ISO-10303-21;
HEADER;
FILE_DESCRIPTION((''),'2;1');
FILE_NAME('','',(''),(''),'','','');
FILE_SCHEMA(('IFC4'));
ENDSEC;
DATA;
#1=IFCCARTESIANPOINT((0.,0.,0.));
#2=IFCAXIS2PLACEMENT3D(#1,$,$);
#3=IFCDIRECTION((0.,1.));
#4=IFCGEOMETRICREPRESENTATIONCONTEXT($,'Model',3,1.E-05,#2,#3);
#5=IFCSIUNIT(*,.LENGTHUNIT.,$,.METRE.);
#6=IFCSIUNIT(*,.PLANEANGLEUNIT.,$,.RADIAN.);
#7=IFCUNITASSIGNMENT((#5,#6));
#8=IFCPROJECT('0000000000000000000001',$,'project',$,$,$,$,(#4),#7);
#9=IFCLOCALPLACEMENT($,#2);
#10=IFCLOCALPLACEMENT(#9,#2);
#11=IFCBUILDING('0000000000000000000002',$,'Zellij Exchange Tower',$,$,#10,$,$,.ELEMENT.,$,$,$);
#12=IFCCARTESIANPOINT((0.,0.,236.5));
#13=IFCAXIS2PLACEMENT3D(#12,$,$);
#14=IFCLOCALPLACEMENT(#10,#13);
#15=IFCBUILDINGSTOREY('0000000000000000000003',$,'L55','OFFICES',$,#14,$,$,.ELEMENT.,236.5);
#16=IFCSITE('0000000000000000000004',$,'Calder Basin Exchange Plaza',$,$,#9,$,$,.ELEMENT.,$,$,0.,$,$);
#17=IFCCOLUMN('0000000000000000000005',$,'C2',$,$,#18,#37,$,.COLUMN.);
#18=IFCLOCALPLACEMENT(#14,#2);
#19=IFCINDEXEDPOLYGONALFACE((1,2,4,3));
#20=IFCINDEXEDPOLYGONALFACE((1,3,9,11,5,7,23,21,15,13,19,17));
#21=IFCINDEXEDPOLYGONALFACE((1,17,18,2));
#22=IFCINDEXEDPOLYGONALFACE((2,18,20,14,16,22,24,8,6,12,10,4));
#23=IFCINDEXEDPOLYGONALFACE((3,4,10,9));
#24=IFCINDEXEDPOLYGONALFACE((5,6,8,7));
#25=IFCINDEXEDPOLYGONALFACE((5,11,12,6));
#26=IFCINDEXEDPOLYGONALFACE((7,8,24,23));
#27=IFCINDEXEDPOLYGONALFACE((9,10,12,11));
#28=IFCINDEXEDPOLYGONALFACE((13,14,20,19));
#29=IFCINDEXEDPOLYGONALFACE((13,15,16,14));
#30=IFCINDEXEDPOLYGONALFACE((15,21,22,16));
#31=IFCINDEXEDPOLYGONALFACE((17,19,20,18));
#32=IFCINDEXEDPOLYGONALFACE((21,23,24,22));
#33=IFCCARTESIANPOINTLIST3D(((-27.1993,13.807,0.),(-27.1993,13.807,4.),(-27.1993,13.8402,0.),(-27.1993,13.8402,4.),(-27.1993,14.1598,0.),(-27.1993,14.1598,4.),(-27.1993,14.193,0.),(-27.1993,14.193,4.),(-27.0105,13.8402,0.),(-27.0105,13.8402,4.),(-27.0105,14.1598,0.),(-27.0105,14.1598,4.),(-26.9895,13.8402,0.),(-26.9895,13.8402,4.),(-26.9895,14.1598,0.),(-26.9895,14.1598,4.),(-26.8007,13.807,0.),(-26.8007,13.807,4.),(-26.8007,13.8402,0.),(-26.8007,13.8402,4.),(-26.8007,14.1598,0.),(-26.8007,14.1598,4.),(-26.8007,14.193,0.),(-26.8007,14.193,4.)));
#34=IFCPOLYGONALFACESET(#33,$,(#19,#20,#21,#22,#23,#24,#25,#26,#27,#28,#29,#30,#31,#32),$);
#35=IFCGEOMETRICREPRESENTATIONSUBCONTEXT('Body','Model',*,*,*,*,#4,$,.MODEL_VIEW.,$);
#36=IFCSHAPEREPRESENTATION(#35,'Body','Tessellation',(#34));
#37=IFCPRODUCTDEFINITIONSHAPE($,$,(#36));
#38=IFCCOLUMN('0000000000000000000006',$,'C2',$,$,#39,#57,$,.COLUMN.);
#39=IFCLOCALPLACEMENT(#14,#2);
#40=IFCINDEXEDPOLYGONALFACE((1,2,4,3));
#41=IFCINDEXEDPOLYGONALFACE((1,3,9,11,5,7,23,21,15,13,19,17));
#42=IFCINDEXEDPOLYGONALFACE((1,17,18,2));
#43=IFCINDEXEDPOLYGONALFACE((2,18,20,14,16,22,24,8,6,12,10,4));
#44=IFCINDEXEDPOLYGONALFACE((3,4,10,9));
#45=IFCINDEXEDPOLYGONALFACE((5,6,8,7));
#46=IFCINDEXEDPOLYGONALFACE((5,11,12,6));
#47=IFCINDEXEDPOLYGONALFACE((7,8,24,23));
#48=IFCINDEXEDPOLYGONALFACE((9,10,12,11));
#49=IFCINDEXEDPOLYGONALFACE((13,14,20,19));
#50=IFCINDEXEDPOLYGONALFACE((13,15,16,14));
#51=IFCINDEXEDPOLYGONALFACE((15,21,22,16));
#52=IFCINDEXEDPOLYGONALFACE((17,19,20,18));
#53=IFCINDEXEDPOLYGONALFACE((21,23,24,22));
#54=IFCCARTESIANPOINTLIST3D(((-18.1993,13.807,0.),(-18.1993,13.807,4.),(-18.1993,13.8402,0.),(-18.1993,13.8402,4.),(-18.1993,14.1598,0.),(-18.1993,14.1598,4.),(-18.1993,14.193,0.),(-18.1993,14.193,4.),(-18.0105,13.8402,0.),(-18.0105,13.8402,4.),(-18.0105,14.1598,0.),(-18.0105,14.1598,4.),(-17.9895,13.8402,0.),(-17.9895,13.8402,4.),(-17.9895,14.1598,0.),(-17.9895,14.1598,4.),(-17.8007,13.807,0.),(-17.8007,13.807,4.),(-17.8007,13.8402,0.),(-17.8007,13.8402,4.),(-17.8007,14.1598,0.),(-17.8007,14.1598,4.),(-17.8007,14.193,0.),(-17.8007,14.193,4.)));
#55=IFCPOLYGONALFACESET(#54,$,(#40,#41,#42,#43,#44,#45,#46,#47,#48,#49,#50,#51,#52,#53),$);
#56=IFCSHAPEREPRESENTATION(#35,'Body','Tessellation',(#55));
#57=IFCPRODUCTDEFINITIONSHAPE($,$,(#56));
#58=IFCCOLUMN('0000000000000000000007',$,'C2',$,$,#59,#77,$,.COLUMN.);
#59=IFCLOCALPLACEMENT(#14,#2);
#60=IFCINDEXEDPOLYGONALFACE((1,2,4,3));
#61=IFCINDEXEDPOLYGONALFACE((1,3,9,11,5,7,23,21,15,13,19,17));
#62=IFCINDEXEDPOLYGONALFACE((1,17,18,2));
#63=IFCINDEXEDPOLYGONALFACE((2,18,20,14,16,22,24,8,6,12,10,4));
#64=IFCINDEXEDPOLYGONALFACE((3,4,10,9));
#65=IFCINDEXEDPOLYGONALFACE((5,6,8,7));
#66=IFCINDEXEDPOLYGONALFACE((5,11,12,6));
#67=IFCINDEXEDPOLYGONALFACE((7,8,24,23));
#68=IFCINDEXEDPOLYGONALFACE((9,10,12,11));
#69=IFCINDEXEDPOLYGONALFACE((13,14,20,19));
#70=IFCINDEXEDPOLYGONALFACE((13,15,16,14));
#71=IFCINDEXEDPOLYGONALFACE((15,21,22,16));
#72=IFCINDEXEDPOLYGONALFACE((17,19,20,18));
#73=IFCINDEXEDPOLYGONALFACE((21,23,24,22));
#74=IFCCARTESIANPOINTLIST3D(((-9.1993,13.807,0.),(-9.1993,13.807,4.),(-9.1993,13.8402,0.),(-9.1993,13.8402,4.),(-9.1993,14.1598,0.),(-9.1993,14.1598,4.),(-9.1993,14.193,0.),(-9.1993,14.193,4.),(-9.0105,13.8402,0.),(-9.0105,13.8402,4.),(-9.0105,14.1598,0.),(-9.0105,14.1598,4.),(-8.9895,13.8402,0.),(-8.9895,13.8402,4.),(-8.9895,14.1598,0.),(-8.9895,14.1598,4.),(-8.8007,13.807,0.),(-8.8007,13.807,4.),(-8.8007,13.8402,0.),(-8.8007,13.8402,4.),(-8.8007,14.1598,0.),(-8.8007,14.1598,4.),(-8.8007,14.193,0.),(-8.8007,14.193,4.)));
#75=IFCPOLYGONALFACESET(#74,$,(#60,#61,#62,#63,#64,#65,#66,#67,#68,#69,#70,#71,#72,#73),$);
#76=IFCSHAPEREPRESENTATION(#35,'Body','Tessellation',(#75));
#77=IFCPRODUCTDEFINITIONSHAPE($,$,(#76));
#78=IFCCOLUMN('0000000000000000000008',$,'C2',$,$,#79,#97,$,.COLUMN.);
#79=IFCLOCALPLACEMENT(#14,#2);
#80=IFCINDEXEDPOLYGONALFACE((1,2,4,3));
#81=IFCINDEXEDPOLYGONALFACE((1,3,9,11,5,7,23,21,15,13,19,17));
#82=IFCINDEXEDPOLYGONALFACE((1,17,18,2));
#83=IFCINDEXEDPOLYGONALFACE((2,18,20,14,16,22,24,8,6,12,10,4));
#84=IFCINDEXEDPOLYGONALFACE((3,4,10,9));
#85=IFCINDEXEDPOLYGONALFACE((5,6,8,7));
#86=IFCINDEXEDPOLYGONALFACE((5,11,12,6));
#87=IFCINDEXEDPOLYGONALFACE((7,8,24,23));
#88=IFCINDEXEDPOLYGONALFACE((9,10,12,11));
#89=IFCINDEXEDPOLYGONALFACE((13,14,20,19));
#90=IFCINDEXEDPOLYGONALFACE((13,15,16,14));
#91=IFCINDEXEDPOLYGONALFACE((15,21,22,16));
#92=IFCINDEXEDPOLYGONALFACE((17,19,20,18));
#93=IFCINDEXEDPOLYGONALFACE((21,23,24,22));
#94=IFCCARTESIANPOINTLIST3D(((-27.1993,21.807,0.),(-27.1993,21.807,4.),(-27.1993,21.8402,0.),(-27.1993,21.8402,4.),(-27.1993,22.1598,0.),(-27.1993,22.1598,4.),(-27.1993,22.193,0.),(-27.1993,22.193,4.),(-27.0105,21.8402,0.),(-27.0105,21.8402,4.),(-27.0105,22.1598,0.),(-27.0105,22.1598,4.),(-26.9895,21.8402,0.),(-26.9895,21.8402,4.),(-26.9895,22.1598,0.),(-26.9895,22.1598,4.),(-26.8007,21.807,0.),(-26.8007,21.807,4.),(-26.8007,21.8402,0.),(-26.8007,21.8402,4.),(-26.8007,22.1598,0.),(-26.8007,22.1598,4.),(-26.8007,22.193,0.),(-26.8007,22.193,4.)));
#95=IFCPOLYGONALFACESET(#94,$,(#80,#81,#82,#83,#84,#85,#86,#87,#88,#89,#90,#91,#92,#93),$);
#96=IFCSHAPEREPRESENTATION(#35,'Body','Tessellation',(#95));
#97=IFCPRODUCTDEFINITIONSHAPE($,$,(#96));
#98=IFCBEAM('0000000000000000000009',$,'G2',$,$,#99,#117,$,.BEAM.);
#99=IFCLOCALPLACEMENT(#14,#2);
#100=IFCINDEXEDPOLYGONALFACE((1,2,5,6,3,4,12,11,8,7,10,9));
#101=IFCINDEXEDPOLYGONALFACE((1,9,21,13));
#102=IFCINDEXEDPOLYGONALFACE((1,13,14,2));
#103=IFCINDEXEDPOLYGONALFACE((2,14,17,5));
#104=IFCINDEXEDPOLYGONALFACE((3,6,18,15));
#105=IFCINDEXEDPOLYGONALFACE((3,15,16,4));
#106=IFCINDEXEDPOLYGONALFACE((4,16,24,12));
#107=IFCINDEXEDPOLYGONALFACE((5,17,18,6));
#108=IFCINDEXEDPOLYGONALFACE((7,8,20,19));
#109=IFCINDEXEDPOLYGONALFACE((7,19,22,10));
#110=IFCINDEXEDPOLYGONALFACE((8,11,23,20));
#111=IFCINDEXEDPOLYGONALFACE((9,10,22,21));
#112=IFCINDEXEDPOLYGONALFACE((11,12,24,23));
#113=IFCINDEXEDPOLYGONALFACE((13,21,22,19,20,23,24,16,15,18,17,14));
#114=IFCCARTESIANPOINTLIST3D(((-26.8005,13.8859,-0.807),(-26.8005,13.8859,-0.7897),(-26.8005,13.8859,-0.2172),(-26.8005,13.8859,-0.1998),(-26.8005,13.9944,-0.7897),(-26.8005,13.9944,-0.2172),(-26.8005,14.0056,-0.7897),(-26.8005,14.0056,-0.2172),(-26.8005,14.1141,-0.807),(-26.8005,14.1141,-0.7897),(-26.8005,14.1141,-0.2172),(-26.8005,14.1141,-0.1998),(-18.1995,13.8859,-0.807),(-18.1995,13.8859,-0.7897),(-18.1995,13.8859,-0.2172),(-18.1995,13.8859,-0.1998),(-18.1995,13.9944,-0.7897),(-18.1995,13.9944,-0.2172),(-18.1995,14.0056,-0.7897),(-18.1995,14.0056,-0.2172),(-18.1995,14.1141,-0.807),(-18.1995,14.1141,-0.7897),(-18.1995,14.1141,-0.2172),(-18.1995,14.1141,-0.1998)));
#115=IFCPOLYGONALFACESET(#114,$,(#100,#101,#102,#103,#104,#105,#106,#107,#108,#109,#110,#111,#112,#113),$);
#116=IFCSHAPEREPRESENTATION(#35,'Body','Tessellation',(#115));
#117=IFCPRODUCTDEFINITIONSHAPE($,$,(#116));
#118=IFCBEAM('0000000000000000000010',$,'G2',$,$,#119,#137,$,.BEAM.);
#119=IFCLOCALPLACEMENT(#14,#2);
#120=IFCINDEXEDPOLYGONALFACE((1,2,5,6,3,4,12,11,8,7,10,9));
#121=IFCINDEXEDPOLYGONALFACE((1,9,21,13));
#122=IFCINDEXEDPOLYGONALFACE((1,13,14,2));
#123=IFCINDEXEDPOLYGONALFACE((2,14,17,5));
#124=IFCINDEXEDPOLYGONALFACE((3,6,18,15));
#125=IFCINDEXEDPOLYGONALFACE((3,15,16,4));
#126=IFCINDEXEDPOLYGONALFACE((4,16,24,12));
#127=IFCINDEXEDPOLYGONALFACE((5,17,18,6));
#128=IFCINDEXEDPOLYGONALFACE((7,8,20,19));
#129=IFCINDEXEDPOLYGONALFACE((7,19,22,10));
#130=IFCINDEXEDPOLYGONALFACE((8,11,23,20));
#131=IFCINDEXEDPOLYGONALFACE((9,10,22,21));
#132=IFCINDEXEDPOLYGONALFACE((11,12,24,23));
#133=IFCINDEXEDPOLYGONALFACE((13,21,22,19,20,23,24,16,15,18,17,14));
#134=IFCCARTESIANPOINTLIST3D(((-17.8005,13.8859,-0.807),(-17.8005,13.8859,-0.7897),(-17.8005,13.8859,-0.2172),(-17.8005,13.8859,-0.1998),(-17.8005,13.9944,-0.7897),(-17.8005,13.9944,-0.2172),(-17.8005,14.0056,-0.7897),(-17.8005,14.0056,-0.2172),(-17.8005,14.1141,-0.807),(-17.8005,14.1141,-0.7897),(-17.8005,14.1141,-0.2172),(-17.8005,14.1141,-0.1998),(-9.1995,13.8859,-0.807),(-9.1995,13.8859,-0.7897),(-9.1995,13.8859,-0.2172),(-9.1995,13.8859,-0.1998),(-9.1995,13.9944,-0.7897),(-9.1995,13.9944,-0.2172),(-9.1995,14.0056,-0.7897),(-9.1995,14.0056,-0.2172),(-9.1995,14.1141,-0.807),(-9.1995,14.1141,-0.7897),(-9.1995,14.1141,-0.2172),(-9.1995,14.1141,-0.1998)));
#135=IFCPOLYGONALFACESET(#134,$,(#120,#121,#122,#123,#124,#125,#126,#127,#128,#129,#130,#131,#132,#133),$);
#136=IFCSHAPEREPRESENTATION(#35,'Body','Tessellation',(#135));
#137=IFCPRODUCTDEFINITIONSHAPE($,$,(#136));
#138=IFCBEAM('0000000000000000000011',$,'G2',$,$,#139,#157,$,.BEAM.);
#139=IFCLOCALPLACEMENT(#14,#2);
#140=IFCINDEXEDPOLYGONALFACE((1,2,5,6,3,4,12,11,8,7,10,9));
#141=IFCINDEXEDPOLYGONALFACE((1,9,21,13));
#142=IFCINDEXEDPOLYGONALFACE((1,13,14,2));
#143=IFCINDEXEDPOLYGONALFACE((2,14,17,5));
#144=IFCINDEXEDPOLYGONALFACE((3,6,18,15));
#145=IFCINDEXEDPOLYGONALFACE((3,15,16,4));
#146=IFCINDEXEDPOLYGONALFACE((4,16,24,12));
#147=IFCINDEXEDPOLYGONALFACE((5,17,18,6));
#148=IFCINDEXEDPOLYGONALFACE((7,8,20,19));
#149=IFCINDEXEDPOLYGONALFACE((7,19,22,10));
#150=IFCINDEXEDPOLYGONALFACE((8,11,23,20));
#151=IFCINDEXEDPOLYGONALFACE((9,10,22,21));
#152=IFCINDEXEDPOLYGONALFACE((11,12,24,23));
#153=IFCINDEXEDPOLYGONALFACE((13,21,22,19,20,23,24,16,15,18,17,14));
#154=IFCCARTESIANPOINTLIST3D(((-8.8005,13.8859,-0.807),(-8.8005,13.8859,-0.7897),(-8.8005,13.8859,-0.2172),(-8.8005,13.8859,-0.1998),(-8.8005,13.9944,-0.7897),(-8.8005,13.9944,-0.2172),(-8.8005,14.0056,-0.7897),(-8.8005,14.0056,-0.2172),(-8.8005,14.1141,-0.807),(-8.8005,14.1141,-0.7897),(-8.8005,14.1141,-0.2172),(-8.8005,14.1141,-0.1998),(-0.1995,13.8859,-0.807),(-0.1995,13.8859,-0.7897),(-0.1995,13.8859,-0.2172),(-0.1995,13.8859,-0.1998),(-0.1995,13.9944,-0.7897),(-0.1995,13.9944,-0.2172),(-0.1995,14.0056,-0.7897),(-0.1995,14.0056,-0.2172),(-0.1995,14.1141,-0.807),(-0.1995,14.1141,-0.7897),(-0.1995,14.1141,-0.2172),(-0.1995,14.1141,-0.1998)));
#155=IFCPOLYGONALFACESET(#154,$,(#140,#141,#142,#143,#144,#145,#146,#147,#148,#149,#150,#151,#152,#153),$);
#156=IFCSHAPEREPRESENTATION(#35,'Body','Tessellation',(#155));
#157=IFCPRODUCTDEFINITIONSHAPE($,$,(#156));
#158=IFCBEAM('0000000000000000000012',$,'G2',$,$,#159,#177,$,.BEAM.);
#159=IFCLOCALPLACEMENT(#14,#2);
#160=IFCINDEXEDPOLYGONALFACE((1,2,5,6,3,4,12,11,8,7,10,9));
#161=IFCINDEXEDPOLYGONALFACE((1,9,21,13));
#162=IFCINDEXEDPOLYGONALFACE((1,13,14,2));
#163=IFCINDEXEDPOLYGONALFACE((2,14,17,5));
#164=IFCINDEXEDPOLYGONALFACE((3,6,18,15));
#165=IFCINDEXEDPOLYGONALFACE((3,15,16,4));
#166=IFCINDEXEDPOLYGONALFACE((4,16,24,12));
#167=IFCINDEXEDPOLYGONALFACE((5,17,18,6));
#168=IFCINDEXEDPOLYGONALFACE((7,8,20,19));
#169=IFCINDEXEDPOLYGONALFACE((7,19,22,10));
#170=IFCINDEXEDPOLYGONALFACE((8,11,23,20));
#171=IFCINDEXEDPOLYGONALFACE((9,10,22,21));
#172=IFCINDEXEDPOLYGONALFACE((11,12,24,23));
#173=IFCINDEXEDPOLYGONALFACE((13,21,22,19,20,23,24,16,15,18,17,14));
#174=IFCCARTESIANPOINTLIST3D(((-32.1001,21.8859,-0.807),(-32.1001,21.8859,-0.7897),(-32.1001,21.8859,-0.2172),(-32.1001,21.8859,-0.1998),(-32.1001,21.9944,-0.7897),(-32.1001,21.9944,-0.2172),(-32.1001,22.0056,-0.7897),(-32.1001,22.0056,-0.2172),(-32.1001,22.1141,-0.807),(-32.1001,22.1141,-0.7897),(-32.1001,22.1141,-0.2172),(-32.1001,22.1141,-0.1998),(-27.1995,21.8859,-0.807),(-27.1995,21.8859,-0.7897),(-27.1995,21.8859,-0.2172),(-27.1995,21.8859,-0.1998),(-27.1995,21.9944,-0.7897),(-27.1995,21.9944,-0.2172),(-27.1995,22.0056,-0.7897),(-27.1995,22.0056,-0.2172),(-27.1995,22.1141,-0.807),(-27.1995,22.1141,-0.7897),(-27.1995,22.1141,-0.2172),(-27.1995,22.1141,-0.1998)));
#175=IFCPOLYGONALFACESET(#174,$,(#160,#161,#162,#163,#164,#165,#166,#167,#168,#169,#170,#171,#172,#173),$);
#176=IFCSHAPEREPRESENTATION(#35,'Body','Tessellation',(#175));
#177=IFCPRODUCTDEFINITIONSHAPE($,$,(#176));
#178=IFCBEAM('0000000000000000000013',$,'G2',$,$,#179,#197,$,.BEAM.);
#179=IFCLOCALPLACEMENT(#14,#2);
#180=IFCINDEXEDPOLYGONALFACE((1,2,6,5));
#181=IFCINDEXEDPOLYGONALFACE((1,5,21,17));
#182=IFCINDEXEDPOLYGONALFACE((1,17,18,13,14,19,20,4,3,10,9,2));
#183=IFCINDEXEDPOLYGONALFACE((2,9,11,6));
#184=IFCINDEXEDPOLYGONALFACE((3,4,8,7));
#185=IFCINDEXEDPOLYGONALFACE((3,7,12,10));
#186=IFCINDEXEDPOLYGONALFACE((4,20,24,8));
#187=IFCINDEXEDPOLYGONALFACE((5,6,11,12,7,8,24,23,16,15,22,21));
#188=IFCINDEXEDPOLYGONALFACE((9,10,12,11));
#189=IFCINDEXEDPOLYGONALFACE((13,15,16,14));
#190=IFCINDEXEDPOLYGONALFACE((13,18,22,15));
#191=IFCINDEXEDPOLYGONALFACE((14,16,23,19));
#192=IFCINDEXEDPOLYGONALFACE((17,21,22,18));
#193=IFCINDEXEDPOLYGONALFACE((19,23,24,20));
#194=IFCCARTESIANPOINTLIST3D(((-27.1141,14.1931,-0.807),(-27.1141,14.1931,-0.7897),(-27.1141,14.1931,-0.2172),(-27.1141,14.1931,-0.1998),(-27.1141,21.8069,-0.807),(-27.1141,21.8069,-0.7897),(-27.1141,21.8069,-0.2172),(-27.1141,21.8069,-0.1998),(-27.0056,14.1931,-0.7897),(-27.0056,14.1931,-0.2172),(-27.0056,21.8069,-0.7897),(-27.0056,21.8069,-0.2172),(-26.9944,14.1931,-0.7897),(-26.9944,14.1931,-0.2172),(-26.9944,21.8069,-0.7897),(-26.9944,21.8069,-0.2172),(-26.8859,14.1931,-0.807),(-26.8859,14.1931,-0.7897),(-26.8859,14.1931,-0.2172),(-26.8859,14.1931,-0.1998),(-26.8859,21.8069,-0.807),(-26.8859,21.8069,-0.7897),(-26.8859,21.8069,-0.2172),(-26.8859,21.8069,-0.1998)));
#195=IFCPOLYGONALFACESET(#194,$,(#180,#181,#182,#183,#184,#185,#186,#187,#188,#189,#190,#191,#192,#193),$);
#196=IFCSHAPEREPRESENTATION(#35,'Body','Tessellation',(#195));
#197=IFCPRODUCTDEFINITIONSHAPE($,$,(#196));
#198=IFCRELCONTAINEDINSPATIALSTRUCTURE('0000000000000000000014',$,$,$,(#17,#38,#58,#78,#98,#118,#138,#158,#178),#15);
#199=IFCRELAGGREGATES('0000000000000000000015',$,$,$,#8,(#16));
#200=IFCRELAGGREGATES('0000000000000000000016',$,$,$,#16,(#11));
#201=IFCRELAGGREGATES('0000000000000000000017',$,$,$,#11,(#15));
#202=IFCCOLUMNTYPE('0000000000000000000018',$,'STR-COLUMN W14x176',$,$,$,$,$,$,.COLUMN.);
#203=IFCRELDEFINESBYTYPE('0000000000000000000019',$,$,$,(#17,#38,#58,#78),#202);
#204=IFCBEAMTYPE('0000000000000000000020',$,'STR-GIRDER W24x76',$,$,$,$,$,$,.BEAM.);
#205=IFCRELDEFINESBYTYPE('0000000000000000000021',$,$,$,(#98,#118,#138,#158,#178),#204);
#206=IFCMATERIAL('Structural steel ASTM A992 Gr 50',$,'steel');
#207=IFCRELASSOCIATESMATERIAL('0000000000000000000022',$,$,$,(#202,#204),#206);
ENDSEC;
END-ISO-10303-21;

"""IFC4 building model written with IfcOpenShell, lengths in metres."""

from ifc_helpers import new_model, si_unit, direction, frame, origin, origin_2d, place, context, subcontext, project, spatial, i_section, extrude, material, material_profile, profile_set, type_object, element, save


model = new_model("IFC4")

# Units and contexts
model_context = context("Model", 3, precision=1e-05, world=origin(), true_north=direction((0.0, 1.0)))
body_context = subcontext(model_context, "Body", "Model", "MODEL_VIEW")
ifc_project = project(units=[si_unit("LENGTHUNIT", "METRE"), si_unit("PLANEANGLEUNIT", "RADIAN")], contexts=[model_context])

# Site, building, storey
site_placement = place(None, origin())
site = spatial("IfcSite", under=ifc_project, at=site_placement, Name="Calder Basin Exchange Plaza", CompositionType="ELEMENT", RefElevation=0.0)
building_placement = place(site_placement, origin())
building = spatial("IfcBuilding", under=site, at=building_placement, Name="Zellij Exchange Tower", CompositionType="ELEMENT")
storey_placement = place(building_placement, frame((0.0, 0.0, 236.5)))
storey = spatial("IfcBuildingStorey", under=building, at=storey_placement, Name="L55", Description="OFFICES", CompositionType="ELEMENT", Elevation=236.5)

# Columns
ifc_material_1 = material(Name="Structural steel ASTM A992 Gr 50", Category="steel")
ifc_material_profile_1 = material_profile(ifc_material_1, i_section(OverallWidth=0.3987, OverallDepth=0.386, WebThickness=0.021, FlangeThickness=0.0332, at=origin_2d()), Name="W14x176")
ifc_profile_set_1 = profile_set([ifc_material_profile_1], Name="Structural steel ASTM A992 Gr 50")
column_type = type_object("IfcColumnType", Name="STR-COLUMN W14x176", PredefinedType="COLUMN", material=ifc_profile_set_1)
for number, where, z_axis, x_axis, name in (
    (1, (-27.0, 14.0, 0.0), (0.0, 0.0, 1.0), (1.0, 0.0, 0.0), "C2"),
    (2, (-18.0, 14.0, 0.0), (0.0, 0.0, 1.0), (1.0, 0.0, 0.0), "C2"),
    (3, (-9.0, 14.0, 0.0), (0.0, 0.0, 1.0), (1.0, 0.0, 0.0), "C2"),
    (4, (-27.0, 22.0, 0.0), (0.0, 0.0, 1.0), (1.0, 0.0, 0.0), "C2"),
):
    element("IfcColumn", number, at=place(storey_placement, frame(where, z_axis=z_axis, x_axis=x_axis)), inside=storey, type_object=column_type, Name=name, PredefinedType="COLUMN", context=body_context, shape_type="SweptSolid", body=[
        extrude(i_section(OverallWidth=0.3987, OverallDepth=0.386, WebThickness=0.021, FlangeThickness=0.0332, at=origin_2d()), origin(), (0.0, 0.0, 1.0), 4.0),
    ])

# Beams
ifc_material_profile_2 = material_profile(ifc_material_1, i_section(OverallWidth=0.2283, OverallDepth=0.6072, WebThickness=0.0112, FlangeThickness=0.0173, at=origin_2d()), Name="W24x76")
ifc_profile_set_2 = profile_set([ifc_material_profile_2], Name="Structural steel ASTM A992 Gr 50")
beam_type = type_object("IfcBeamType", Name="STR-GIRDER W24x76", PredefinedType="BEAM", material=ifc_profile_set_2)
for number, where, z_axis, x_axis, name in (
    (5, (-26.8005, 14.0, -0.5034), (1.0, 0.0, 0.0), (0.0, 1.0, 0.0), "G2"),
    (6, (-17.8005, 14.0, -0.5034), (1.0, 0.0, 0.0), (0.0, 1.0, 0.0), "G2"),
    (7, (-8.8005, 14.0, -0.5034), (1.0, 0.0, 0.0), (0.0, 1.0, 0.0), "G2"),
):
    element("IfcBeam", number, at=place(storey_placement, frame(where, z_axis=z_axis, x_axis=x_axis)), inside=storey, type_object=beam_type, Name=name, PredefinedType="BEAM", context=body_context, shape_type="SweptSolid", body=[
        extrude(i_section(OverallWidth=0.2283, OverallDepth=0.6072, WebThickness=0.0112, FlangeThickness=0.0173, at=origin_2d()), origin(), (0.0, 0.0, 1.0), 8.6011),
    ])
beam_placement = place(storey_placement, frame((-32.1001, 22.0, -0.5034), z_axis=(1.0, 0.0, 0.0), x_axis=(0.0, 1.0, 0.0)))
element("IfcBeam", 8, at=beam_placement, inside=storey, type_object=beam_type, Name="G2", PredefinedType="BEAM", context=body_context, shape_type="SweptSolid", body=[
    extrude(i_section(OverallWidth=0.2283, OverallDepth=0.6072, WebThickness=0.0112, FlangeThickness=0.0173, at=origin_2d()), origin(), (0.0, 0.0, 1.0), 4.9006),
])
for number, where, z_axis, x_axis, name in (
    (9, (-27.0, 14.1931, -0.5034), (0.0, 1.0, 0.0), (-1.0, 0.0, 0.0), "G2"),
):
    element("IfcBeam", number, at=place(storey_placement, frame(where, z_axis=z_axis, x_axis=x_axis)), inside=storey, type_object=beam_type, Name=name, PredefinedType="BEAM", context=body_context, shape_type="SweptSolid", body=[
        extrude(i_section(OverallWidth=0.2283, OverallDepth=0.6072, WebThickness=0.0112, FlangeThickness=0.0173, at=origin_2d()), origin(), (0.0, 0.0, 1.0), 7.6138),
    ])

save(model, "model.ifc")
